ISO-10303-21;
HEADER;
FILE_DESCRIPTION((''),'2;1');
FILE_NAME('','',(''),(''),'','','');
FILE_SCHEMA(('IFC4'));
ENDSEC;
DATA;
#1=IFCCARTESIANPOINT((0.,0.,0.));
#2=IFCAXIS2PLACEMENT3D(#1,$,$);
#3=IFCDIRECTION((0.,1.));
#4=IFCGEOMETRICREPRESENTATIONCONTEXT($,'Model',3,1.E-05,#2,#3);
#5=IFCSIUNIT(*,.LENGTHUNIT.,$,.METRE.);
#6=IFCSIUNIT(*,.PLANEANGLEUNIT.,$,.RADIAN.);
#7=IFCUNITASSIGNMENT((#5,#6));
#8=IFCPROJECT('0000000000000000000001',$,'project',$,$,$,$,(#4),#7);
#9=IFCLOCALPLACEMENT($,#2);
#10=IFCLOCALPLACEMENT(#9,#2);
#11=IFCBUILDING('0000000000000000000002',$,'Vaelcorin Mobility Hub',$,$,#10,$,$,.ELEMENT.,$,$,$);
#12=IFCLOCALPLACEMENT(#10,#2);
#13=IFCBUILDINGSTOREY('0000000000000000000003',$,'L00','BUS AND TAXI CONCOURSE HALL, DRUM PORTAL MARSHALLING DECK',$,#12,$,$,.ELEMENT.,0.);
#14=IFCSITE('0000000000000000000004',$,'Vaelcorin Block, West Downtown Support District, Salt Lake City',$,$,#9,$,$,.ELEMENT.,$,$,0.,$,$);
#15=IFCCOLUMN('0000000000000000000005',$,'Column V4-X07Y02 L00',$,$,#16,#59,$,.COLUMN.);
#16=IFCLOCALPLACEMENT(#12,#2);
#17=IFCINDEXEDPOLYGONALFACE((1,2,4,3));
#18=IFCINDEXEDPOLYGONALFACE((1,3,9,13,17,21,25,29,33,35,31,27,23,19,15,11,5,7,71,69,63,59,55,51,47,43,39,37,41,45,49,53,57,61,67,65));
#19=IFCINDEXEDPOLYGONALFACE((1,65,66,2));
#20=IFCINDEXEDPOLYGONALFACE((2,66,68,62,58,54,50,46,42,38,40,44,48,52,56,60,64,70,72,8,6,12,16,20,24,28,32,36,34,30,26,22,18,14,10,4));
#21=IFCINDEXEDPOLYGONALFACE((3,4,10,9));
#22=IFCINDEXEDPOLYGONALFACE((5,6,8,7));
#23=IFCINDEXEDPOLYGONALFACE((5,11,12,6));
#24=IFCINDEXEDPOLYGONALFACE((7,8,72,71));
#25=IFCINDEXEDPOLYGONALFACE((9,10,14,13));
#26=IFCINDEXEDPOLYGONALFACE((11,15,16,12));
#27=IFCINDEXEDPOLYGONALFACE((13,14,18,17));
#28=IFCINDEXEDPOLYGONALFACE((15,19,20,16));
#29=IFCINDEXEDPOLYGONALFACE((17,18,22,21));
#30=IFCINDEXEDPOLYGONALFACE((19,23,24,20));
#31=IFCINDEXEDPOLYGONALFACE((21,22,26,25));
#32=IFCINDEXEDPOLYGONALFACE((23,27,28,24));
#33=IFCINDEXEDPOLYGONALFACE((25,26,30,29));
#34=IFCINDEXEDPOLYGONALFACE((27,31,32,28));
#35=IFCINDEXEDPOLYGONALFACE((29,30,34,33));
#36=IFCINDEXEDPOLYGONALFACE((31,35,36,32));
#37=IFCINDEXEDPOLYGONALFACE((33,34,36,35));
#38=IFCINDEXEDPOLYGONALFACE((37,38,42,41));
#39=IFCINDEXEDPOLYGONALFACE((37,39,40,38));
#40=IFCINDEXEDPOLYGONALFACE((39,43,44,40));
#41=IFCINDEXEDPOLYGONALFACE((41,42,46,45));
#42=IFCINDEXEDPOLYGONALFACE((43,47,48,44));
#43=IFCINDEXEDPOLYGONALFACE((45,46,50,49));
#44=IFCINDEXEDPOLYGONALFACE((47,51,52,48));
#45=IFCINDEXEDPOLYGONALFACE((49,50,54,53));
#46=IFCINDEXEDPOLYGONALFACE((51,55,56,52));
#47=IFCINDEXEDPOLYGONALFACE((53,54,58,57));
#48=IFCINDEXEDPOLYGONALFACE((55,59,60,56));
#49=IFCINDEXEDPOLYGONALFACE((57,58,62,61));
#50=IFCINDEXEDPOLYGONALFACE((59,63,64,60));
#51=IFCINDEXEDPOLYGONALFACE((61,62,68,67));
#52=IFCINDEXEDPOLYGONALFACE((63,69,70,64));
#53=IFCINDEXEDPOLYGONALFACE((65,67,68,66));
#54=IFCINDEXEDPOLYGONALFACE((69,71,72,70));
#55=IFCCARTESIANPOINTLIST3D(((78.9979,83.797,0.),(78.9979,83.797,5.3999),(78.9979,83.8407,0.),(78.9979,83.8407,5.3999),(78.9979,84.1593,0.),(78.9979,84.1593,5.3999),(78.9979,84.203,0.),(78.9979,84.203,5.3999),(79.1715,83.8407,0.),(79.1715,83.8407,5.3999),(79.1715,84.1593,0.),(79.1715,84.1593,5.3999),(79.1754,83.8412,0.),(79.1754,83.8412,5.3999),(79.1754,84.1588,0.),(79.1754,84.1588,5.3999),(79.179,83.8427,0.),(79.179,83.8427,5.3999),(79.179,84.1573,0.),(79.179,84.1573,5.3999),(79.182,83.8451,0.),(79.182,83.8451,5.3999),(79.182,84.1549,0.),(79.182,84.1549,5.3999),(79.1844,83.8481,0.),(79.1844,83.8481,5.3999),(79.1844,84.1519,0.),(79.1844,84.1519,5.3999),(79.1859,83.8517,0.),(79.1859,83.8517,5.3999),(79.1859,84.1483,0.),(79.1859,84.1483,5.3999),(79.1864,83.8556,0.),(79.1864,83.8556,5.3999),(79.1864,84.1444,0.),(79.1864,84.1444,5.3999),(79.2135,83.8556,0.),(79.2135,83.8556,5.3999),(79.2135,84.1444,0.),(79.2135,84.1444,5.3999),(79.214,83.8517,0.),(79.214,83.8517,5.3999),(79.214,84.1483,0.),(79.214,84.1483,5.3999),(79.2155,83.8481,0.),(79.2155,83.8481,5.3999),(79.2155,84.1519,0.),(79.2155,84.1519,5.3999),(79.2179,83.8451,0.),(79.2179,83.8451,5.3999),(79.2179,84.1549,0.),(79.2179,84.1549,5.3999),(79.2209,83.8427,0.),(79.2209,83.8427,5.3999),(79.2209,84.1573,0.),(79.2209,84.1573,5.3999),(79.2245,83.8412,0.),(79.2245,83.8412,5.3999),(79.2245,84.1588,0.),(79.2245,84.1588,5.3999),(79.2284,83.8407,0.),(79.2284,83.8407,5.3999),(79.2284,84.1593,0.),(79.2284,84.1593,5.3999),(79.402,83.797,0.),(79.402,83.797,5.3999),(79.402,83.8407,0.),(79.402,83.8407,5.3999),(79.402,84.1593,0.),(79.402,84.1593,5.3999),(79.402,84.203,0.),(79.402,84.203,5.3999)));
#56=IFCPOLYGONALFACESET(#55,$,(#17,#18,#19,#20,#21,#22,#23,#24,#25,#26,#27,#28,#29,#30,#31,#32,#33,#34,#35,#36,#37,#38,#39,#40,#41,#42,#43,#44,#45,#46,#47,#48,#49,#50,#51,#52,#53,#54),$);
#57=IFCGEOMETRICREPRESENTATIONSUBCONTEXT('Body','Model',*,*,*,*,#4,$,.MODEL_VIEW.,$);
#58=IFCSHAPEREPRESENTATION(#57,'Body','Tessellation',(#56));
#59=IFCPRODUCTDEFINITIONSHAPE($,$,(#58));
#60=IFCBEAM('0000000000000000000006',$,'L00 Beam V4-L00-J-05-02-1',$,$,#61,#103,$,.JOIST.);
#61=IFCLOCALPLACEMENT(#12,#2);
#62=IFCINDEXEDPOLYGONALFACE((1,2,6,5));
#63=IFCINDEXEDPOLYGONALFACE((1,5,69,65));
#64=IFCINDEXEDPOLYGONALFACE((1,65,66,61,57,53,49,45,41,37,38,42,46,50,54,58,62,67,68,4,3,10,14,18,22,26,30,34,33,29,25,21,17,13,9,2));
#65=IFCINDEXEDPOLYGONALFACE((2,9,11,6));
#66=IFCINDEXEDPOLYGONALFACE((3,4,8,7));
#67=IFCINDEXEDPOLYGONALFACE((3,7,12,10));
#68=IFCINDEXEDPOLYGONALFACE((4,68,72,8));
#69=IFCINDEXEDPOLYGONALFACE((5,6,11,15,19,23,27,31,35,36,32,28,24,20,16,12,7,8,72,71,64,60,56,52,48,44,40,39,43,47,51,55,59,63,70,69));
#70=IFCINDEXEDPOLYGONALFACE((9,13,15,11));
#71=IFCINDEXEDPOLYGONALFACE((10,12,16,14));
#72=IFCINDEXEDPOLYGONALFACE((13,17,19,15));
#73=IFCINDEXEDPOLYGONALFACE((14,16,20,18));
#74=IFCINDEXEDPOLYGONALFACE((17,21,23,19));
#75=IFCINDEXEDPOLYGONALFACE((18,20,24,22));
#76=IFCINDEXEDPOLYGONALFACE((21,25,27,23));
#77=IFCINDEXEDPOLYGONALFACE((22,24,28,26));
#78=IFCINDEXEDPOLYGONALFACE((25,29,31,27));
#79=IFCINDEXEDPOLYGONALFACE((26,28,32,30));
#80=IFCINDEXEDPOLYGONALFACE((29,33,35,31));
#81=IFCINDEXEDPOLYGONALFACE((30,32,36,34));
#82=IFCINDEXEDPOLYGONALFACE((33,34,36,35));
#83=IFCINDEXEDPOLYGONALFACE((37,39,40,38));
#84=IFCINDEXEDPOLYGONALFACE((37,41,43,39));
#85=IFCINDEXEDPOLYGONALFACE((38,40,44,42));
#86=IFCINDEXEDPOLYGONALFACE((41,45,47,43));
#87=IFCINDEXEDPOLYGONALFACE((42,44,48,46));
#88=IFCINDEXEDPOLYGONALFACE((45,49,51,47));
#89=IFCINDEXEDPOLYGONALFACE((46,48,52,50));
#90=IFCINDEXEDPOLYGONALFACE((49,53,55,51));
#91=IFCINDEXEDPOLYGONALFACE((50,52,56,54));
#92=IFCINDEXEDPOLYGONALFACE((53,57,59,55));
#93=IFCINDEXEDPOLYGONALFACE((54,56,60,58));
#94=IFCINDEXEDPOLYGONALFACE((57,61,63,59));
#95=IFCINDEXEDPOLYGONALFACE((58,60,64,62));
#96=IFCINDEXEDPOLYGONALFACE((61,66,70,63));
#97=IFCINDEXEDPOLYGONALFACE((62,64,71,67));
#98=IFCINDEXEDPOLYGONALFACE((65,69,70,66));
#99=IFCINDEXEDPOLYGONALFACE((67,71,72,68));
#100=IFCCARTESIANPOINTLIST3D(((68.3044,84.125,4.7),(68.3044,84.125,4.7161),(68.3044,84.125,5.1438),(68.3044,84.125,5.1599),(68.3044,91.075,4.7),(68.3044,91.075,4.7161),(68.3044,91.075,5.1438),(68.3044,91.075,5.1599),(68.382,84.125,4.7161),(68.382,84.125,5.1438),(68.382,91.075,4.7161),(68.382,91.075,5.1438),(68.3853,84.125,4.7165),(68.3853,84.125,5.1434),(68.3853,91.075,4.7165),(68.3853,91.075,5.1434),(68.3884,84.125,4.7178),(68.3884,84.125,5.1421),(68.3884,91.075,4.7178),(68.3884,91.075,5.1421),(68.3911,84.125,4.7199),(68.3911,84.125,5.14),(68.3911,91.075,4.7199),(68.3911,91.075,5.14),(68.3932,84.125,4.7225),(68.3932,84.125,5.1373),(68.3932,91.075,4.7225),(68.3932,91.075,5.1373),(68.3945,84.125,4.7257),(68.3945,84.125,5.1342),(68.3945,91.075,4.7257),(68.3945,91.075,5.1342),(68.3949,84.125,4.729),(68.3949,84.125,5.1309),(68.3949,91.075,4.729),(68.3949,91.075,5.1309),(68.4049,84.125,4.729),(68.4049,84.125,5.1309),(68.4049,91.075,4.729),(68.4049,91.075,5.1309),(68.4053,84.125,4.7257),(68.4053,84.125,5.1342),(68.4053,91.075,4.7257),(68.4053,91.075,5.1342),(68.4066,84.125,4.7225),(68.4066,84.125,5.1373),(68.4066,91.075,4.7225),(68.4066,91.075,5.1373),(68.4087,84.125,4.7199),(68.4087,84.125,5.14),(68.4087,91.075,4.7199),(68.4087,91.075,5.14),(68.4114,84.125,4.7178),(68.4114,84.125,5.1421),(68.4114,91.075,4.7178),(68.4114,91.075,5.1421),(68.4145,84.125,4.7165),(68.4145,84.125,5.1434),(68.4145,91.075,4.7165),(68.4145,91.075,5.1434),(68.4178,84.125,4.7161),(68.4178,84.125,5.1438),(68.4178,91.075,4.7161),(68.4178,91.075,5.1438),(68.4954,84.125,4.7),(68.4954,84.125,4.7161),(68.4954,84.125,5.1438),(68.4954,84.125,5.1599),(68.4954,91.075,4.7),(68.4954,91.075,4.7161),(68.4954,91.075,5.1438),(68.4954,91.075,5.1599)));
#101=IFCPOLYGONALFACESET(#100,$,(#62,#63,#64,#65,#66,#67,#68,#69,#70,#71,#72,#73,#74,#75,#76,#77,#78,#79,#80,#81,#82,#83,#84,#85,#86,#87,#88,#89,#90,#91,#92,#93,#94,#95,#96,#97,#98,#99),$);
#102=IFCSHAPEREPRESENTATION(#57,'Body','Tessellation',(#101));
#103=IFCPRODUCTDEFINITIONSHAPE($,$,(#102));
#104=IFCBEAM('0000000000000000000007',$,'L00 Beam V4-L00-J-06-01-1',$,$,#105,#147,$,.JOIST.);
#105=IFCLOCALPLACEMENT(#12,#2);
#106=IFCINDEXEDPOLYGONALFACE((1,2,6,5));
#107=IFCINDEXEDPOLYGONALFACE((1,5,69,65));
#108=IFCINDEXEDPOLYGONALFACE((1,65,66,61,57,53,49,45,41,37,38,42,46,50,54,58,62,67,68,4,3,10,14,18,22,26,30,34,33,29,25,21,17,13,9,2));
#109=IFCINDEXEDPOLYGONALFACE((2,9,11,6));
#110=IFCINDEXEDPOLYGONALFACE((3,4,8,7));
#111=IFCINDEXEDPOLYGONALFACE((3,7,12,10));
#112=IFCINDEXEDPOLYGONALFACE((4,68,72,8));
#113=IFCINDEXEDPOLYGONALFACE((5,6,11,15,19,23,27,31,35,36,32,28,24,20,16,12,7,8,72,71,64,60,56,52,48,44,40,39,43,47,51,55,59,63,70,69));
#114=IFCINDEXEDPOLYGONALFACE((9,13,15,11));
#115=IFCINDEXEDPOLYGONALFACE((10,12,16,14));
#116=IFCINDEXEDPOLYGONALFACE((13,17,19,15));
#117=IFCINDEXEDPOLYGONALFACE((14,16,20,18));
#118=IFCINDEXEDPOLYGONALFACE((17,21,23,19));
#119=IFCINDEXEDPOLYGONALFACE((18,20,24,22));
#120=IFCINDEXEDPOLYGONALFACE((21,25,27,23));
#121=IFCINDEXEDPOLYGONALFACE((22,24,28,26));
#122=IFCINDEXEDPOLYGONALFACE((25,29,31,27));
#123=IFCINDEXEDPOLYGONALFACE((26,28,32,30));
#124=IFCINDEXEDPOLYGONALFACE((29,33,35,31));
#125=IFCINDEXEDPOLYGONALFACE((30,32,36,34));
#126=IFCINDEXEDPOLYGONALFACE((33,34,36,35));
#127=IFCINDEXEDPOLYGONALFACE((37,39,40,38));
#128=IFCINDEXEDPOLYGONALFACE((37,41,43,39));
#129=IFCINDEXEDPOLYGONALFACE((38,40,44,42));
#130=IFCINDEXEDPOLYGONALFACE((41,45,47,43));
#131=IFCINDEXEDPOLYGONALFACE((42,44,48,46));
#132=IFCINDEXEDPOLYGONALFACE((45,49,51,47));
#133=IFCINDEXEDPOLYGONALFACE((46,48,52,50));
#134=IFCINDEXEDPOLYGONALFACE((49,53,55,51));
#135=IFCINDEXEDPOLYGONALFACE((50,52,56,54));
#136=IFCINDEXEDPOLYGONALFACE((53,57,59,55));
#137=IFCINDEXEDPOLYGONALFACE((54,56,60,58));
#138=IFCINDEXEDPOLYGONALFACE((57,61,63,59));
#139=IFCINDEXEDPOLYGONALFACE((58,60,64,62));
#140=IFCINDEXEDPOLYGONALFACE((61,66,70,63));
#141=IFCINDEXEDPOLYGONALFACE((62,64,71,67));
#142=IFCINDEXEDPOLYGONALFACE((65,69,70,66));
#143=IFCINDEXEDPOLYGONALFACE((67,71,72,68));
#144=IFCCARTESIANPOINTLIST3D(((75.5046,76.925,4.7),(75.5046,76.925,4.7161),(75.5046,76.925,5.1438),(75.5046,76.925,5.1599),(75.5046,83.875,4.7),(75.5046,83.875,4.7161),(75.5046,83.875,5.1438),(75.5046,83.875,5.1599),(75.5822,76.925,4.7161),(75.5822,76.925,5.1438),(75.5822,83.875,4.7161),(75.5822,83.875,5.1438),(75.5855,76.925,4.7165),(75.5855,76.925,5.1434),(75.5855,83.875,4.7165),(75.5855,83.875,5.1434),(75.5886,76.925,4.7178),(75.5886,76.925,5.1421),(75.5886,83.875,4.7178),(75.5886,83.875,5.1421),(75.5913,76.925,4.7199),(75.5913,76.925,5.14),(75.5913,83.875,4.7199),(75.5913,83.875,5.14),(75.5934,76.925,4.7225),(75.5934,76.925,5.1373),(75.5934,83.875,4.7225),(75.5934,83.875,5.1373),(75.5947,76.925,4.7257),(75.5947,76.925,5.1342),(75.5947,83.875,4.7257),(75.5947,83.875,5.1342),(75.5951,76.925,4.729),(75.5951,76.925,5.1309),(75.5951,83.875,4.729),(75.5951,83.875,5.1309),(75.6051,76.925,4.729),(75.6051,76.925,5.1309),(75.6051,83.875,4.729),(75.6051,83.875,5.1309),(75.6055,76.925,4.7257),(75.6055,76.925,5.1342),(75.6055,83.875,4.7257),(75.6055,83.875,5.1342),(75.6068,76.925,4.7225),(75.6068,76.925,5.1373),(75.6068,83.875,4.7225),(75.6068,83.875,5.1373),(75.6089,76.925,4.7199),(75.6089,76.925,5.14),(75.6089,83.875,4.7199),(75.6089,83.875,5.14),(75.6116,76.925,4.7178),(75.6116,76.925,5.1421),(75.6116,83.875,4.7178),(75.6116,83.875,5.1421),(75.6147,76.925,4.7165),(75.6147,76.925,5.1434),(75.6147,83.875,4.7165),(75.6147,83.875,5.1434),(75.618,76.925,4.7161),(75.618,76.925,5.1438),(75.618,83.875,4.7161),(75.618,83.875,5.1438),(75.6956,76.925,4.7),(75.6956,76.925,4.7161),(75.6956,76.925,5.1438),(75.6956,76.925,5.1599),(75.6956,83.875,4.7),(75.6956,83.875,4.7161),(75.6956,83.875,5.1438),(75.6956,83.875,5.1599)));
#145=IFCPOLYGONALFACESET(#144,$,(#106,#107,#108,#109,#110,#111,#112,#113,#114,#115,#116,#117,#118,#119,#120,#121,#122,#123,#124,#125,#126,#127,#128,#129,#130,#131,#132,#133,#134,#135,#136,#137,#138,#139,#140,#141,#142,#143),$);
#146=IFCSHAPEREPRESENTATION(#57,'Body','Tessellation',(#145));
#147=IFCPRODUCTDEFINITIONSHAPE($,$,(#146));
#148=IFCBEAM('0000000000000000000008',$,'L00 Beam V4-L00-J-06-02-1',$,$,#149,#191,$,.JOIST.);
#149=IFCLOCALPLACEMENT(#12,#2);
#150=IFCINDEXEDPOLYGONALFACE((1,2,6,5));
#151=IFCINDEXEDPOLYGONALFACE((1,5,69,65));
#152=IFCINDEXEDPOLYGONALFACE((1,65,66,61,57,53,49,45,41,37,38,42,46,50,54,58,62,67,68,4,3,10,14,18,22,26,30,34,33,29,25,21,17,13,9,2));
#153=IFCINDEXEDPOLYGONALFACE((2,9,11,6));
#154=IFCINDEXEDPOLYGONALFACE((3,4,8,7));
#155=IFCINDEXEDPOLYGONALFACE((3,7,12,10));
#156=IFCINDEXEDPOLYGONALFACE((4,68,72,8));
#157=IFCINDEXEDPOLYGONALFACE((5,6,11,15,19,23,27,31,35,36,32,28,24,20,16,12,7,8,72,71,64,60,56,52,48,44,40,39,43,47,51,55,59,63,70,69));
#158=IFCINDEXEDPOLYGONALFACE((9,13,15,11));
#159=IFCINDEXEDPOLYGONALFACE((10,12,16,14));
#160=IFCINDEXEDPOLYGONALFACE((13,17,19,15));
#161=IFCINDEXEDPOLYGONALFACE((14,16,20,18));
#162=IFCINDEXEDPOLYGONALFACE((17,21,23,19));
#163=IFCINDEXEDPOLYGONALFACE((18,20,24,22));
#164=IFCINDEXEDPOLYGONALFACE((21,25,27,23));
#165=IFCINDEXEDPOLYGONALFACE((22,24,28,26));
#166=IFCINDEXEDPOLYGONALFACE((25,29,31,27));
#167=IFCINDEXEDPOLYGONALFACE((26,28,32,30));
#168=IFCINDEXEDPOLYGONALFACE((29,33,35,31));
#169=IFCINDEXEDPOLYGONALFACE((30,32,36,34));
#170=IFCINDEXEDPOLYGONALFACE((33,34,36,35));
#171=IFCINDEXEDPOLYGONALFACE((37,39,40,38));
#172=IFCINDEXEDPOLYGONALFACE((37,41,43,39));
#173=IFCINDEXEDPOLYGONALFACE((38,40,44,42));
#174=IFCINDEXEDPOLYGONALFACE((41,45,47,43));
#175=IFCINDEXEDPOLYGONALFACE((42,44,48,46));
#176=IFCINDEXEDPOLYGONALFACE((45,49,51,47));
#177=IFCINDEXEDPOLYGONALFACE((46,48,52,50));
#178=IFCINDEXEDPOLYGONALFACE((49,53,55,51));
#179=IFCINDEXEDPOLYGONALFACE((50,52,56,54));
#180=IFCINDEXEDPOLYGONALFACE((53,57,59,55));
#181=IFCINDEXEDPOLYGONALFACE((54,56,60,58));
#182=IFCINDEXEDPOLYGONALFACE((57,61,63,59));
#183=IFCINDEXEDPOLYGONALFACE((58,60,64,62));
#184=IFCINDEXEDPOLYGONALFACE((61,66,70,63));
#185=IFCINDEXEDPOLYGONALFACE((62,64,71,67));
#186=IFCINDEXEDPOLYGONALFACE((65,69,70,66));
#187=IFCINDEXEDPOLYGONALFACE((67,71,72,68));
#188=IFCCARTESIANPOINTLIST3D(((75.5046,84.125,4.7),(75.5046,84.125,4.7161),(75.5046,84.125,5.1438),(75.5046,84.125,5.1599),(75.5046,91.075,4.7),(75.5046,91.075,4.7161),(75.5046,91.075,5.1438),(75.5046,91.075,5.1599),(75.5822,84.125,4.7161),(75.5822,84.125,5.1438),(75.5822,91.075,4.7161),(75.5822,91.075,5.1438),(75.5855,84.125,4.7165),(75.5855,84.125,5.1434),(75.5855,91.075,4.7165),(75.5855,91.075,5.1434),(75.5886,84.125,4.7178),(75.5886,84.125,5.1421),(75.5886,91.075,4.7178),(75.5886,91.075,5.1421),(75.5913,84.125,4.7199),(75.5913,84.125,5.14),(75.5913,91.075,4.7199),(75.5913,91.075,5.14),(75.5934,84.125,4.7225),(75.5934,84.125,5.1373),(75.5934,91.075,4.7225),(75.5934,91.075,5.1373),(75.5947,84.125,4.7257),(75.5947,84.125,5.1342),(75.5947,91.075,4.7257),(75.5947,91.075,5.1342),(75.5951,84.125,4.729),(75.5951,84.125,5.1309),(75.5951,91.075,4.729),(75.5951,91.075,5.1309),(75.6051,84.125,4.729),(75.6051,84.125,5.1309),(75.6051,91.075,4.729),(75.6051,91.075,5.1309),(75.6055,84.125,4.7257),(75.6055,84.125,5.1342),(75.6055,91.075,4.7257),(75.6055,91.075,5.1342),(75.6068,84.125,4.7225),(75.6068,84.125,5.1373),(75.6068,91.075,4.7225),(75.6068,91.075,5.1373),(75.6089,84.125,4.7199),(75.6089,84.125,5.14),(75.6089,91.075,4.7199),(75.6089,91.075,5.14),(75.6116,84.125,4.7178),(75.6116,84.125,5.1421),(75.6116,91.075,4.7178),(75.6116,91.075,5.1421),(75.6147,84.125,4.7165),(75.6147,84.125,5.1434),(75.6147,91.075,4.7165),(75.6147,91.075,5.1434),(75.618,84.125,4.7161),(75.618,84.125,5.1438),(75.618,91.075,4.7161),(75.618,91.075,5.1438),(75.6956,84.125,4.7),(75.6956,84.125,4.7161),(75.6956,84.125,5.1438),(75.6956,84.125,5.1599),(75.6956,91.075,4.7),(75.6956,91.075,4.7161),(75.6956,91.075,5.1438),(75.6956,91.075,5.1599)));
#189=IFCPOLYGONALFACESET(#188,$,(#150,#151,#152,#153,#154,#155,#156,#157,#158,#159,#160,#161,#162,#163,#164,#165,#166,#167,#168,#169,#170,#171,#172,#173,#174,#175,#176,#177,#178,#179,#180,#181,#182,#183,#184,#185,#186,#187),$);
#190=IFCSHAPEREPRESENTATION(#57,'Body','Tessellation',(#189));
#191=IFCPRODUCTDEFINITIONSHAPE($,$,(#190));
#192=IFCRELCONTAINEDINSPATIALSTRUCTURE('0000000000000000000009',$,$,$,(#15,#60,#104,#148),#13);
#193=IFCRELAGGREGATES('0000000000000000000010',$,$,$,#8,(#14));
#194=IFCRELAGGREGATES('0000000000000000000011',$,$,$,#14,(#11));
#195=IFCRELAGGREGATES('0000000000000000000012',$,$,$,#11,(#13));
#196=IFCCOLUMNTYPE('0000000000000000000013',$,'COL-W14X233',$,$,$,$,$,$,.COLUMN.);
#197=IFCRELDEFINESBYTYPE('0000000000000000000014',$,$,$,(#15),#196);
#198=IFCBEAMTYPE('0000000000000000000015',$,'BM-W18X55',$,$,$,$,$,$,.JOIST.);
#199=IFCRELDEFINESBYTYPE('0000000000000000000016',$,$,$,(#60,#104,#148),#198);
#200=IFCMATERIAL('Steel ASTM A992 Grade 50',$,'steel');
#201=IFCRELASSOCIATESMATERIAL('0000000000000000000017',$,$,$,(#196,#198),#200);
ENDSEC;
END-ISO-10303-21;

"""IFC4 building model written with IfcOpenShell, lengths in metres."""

from ifc_helpers import new_model, si_unit, direction, frame, origin, origin_2d, place, context, subcontext, project, spatial, i_section, extrude, material, material_profile, profile_set, type_object, element, save


model = new_model("IFC4")

# Units and contexts
model_context = context("Model", 3, precision=1e-05, world=origin(), true_north=direction((0.0, 1.0)))
body_context = subcontext(model_context, "Body", "Model", "MODEL_VIEW")
ifc_project = project(units=[si_unit("LENGTHUNIT", "METRE"), si_unit("PLANEANGLEUNIT", "RADIAN")], contexts=[model_context])

# Site, building, storey
site_placement = place(None, origin())
site = spatial("IfcSite", under=ifc_project, at=site_placement, Name="Vaelcorin Block, West Downtown Support District, Salt Lake City", CompositionType="ELEMENT", RefElevation=0.0)
building_placement = place(site_placement, origin())
building = spatial("IfcBuilding", under=site, at=building_placement, Name="Vaelcorin Mobility Hub", CompositionType="ELEMENT")
storey_placement = place(building_placement, origin())
storey = spatial("IfcBuildingStorey", under=building, at=storey_placement, Name="L00", Description="BUS AND TAXI CONCOURSE HALL, DRUM PORTAL MARSHALLING DECK", CompositionType="ELEMENT", Elevation=0.0)

# Column
ifc_material_1 = material(Name="Steel ASTM A992 Grade 50", Category="steel")
ifc_material_profile_1 = material_profile(ifc_material_1, i_section(OverallWidth=0.4041, OverallDepth=0.406, WebThickness=0.0271, FlangeThickness=0.0437, FilletRadius=0.0149, at=origin_2d()), Name="W14X233")
ifc_profile_set_1 = profile_set([ifc_material_profile_1], Name="Steel ASTM A992 Grade 50")
column_type_1 = type_object("IfcColumnType", Name="COL-W14X233", PredefinedType="COLUMN", material=ifc_profile_set_1)
for number, where, z_axis, x_axis, name in (
    (1, (79.2, 84.0, 0.0), (0.0, 0.0, 1.0), (1.0, 0.0, 0.0), "Column V4-X07Y02 L00"),
):
    element("IfcColumn", number, at=place(storey_placement, frame(where, z_axis=z_axis, x_axis=x_axis)), inside=storey, type_object=column_type_1, Name=name, PredefinedType="COLUMN", context=body_context, shape_type="SweptSolid", body=[
        extrude(i_section(OverallWidth=0.4041, OverallDepth=0.406, WebThickness=0.0271, FlangeThickness=0.0437, FilletRadius=0.0149, at=origin_2d()), origin(), (0.0, 0.0, 1.0), 5.3999),
    ])

# Beams
ifc_material_profile_2 = material_profile(ifc_material_1, i_section(OverallWidth=0.1909, OverallDepth=0.46, WebThickness=0.01, FlangeThickness=0.0161, FilletRadius=0.0129, at=origin_2d()), Name="W18X55")
ifc_profile_set_2 = profile_set([ifc_material_profile_2], Name="Steel ASTM A992 Grade 50")
beam_type_1 = type_object("IfcBeamType", Name="BM-W18X55", PredefinedType="JOIST", material=ifc_profile_set_2)
for number, where, z_axis, x_axis, name in (
    (2, (68.3999, 84.125, 4.9299), (0.0, 1.0, 0.0), (-1.0, 0.0, 0.0), "L00 Beam V4-L00-J-05-02-1"),
    (3, (75.6001, 76.925, 4.9299), (0.0, 1.0, 0.0), (-1.0, 0.0, 0.0), "L00 Beam V4-L00-J-06-01-1"),
    (4, (75.6001, 84.125, 4.9299), (0.0, 1.0, 0.0), (-1.0, 0.0, 0.0), "L00 Beam V4-L00-J-06-02-1"),
):
    element("IfcBeam", number, at=place(storey_placement, frame(where, z_axis=z_axis, x_axis=x_axis)), inside=storey, type_object=beam_type_1, Name=name, PredefinedType="JOIST", context=body_context, shape_type="SweptSolid", body=[
        extrude(i_section(OverallWidth=0.1909, OverallDepth=0.46, WebThickness=0.01, FlangeThickness=0.0161, FilletRadius=0.0129, at=origin_2d()), origin(), (0.0, 0.0, 1.0), 6.95),
    ])

save(model, "model.ifc")
